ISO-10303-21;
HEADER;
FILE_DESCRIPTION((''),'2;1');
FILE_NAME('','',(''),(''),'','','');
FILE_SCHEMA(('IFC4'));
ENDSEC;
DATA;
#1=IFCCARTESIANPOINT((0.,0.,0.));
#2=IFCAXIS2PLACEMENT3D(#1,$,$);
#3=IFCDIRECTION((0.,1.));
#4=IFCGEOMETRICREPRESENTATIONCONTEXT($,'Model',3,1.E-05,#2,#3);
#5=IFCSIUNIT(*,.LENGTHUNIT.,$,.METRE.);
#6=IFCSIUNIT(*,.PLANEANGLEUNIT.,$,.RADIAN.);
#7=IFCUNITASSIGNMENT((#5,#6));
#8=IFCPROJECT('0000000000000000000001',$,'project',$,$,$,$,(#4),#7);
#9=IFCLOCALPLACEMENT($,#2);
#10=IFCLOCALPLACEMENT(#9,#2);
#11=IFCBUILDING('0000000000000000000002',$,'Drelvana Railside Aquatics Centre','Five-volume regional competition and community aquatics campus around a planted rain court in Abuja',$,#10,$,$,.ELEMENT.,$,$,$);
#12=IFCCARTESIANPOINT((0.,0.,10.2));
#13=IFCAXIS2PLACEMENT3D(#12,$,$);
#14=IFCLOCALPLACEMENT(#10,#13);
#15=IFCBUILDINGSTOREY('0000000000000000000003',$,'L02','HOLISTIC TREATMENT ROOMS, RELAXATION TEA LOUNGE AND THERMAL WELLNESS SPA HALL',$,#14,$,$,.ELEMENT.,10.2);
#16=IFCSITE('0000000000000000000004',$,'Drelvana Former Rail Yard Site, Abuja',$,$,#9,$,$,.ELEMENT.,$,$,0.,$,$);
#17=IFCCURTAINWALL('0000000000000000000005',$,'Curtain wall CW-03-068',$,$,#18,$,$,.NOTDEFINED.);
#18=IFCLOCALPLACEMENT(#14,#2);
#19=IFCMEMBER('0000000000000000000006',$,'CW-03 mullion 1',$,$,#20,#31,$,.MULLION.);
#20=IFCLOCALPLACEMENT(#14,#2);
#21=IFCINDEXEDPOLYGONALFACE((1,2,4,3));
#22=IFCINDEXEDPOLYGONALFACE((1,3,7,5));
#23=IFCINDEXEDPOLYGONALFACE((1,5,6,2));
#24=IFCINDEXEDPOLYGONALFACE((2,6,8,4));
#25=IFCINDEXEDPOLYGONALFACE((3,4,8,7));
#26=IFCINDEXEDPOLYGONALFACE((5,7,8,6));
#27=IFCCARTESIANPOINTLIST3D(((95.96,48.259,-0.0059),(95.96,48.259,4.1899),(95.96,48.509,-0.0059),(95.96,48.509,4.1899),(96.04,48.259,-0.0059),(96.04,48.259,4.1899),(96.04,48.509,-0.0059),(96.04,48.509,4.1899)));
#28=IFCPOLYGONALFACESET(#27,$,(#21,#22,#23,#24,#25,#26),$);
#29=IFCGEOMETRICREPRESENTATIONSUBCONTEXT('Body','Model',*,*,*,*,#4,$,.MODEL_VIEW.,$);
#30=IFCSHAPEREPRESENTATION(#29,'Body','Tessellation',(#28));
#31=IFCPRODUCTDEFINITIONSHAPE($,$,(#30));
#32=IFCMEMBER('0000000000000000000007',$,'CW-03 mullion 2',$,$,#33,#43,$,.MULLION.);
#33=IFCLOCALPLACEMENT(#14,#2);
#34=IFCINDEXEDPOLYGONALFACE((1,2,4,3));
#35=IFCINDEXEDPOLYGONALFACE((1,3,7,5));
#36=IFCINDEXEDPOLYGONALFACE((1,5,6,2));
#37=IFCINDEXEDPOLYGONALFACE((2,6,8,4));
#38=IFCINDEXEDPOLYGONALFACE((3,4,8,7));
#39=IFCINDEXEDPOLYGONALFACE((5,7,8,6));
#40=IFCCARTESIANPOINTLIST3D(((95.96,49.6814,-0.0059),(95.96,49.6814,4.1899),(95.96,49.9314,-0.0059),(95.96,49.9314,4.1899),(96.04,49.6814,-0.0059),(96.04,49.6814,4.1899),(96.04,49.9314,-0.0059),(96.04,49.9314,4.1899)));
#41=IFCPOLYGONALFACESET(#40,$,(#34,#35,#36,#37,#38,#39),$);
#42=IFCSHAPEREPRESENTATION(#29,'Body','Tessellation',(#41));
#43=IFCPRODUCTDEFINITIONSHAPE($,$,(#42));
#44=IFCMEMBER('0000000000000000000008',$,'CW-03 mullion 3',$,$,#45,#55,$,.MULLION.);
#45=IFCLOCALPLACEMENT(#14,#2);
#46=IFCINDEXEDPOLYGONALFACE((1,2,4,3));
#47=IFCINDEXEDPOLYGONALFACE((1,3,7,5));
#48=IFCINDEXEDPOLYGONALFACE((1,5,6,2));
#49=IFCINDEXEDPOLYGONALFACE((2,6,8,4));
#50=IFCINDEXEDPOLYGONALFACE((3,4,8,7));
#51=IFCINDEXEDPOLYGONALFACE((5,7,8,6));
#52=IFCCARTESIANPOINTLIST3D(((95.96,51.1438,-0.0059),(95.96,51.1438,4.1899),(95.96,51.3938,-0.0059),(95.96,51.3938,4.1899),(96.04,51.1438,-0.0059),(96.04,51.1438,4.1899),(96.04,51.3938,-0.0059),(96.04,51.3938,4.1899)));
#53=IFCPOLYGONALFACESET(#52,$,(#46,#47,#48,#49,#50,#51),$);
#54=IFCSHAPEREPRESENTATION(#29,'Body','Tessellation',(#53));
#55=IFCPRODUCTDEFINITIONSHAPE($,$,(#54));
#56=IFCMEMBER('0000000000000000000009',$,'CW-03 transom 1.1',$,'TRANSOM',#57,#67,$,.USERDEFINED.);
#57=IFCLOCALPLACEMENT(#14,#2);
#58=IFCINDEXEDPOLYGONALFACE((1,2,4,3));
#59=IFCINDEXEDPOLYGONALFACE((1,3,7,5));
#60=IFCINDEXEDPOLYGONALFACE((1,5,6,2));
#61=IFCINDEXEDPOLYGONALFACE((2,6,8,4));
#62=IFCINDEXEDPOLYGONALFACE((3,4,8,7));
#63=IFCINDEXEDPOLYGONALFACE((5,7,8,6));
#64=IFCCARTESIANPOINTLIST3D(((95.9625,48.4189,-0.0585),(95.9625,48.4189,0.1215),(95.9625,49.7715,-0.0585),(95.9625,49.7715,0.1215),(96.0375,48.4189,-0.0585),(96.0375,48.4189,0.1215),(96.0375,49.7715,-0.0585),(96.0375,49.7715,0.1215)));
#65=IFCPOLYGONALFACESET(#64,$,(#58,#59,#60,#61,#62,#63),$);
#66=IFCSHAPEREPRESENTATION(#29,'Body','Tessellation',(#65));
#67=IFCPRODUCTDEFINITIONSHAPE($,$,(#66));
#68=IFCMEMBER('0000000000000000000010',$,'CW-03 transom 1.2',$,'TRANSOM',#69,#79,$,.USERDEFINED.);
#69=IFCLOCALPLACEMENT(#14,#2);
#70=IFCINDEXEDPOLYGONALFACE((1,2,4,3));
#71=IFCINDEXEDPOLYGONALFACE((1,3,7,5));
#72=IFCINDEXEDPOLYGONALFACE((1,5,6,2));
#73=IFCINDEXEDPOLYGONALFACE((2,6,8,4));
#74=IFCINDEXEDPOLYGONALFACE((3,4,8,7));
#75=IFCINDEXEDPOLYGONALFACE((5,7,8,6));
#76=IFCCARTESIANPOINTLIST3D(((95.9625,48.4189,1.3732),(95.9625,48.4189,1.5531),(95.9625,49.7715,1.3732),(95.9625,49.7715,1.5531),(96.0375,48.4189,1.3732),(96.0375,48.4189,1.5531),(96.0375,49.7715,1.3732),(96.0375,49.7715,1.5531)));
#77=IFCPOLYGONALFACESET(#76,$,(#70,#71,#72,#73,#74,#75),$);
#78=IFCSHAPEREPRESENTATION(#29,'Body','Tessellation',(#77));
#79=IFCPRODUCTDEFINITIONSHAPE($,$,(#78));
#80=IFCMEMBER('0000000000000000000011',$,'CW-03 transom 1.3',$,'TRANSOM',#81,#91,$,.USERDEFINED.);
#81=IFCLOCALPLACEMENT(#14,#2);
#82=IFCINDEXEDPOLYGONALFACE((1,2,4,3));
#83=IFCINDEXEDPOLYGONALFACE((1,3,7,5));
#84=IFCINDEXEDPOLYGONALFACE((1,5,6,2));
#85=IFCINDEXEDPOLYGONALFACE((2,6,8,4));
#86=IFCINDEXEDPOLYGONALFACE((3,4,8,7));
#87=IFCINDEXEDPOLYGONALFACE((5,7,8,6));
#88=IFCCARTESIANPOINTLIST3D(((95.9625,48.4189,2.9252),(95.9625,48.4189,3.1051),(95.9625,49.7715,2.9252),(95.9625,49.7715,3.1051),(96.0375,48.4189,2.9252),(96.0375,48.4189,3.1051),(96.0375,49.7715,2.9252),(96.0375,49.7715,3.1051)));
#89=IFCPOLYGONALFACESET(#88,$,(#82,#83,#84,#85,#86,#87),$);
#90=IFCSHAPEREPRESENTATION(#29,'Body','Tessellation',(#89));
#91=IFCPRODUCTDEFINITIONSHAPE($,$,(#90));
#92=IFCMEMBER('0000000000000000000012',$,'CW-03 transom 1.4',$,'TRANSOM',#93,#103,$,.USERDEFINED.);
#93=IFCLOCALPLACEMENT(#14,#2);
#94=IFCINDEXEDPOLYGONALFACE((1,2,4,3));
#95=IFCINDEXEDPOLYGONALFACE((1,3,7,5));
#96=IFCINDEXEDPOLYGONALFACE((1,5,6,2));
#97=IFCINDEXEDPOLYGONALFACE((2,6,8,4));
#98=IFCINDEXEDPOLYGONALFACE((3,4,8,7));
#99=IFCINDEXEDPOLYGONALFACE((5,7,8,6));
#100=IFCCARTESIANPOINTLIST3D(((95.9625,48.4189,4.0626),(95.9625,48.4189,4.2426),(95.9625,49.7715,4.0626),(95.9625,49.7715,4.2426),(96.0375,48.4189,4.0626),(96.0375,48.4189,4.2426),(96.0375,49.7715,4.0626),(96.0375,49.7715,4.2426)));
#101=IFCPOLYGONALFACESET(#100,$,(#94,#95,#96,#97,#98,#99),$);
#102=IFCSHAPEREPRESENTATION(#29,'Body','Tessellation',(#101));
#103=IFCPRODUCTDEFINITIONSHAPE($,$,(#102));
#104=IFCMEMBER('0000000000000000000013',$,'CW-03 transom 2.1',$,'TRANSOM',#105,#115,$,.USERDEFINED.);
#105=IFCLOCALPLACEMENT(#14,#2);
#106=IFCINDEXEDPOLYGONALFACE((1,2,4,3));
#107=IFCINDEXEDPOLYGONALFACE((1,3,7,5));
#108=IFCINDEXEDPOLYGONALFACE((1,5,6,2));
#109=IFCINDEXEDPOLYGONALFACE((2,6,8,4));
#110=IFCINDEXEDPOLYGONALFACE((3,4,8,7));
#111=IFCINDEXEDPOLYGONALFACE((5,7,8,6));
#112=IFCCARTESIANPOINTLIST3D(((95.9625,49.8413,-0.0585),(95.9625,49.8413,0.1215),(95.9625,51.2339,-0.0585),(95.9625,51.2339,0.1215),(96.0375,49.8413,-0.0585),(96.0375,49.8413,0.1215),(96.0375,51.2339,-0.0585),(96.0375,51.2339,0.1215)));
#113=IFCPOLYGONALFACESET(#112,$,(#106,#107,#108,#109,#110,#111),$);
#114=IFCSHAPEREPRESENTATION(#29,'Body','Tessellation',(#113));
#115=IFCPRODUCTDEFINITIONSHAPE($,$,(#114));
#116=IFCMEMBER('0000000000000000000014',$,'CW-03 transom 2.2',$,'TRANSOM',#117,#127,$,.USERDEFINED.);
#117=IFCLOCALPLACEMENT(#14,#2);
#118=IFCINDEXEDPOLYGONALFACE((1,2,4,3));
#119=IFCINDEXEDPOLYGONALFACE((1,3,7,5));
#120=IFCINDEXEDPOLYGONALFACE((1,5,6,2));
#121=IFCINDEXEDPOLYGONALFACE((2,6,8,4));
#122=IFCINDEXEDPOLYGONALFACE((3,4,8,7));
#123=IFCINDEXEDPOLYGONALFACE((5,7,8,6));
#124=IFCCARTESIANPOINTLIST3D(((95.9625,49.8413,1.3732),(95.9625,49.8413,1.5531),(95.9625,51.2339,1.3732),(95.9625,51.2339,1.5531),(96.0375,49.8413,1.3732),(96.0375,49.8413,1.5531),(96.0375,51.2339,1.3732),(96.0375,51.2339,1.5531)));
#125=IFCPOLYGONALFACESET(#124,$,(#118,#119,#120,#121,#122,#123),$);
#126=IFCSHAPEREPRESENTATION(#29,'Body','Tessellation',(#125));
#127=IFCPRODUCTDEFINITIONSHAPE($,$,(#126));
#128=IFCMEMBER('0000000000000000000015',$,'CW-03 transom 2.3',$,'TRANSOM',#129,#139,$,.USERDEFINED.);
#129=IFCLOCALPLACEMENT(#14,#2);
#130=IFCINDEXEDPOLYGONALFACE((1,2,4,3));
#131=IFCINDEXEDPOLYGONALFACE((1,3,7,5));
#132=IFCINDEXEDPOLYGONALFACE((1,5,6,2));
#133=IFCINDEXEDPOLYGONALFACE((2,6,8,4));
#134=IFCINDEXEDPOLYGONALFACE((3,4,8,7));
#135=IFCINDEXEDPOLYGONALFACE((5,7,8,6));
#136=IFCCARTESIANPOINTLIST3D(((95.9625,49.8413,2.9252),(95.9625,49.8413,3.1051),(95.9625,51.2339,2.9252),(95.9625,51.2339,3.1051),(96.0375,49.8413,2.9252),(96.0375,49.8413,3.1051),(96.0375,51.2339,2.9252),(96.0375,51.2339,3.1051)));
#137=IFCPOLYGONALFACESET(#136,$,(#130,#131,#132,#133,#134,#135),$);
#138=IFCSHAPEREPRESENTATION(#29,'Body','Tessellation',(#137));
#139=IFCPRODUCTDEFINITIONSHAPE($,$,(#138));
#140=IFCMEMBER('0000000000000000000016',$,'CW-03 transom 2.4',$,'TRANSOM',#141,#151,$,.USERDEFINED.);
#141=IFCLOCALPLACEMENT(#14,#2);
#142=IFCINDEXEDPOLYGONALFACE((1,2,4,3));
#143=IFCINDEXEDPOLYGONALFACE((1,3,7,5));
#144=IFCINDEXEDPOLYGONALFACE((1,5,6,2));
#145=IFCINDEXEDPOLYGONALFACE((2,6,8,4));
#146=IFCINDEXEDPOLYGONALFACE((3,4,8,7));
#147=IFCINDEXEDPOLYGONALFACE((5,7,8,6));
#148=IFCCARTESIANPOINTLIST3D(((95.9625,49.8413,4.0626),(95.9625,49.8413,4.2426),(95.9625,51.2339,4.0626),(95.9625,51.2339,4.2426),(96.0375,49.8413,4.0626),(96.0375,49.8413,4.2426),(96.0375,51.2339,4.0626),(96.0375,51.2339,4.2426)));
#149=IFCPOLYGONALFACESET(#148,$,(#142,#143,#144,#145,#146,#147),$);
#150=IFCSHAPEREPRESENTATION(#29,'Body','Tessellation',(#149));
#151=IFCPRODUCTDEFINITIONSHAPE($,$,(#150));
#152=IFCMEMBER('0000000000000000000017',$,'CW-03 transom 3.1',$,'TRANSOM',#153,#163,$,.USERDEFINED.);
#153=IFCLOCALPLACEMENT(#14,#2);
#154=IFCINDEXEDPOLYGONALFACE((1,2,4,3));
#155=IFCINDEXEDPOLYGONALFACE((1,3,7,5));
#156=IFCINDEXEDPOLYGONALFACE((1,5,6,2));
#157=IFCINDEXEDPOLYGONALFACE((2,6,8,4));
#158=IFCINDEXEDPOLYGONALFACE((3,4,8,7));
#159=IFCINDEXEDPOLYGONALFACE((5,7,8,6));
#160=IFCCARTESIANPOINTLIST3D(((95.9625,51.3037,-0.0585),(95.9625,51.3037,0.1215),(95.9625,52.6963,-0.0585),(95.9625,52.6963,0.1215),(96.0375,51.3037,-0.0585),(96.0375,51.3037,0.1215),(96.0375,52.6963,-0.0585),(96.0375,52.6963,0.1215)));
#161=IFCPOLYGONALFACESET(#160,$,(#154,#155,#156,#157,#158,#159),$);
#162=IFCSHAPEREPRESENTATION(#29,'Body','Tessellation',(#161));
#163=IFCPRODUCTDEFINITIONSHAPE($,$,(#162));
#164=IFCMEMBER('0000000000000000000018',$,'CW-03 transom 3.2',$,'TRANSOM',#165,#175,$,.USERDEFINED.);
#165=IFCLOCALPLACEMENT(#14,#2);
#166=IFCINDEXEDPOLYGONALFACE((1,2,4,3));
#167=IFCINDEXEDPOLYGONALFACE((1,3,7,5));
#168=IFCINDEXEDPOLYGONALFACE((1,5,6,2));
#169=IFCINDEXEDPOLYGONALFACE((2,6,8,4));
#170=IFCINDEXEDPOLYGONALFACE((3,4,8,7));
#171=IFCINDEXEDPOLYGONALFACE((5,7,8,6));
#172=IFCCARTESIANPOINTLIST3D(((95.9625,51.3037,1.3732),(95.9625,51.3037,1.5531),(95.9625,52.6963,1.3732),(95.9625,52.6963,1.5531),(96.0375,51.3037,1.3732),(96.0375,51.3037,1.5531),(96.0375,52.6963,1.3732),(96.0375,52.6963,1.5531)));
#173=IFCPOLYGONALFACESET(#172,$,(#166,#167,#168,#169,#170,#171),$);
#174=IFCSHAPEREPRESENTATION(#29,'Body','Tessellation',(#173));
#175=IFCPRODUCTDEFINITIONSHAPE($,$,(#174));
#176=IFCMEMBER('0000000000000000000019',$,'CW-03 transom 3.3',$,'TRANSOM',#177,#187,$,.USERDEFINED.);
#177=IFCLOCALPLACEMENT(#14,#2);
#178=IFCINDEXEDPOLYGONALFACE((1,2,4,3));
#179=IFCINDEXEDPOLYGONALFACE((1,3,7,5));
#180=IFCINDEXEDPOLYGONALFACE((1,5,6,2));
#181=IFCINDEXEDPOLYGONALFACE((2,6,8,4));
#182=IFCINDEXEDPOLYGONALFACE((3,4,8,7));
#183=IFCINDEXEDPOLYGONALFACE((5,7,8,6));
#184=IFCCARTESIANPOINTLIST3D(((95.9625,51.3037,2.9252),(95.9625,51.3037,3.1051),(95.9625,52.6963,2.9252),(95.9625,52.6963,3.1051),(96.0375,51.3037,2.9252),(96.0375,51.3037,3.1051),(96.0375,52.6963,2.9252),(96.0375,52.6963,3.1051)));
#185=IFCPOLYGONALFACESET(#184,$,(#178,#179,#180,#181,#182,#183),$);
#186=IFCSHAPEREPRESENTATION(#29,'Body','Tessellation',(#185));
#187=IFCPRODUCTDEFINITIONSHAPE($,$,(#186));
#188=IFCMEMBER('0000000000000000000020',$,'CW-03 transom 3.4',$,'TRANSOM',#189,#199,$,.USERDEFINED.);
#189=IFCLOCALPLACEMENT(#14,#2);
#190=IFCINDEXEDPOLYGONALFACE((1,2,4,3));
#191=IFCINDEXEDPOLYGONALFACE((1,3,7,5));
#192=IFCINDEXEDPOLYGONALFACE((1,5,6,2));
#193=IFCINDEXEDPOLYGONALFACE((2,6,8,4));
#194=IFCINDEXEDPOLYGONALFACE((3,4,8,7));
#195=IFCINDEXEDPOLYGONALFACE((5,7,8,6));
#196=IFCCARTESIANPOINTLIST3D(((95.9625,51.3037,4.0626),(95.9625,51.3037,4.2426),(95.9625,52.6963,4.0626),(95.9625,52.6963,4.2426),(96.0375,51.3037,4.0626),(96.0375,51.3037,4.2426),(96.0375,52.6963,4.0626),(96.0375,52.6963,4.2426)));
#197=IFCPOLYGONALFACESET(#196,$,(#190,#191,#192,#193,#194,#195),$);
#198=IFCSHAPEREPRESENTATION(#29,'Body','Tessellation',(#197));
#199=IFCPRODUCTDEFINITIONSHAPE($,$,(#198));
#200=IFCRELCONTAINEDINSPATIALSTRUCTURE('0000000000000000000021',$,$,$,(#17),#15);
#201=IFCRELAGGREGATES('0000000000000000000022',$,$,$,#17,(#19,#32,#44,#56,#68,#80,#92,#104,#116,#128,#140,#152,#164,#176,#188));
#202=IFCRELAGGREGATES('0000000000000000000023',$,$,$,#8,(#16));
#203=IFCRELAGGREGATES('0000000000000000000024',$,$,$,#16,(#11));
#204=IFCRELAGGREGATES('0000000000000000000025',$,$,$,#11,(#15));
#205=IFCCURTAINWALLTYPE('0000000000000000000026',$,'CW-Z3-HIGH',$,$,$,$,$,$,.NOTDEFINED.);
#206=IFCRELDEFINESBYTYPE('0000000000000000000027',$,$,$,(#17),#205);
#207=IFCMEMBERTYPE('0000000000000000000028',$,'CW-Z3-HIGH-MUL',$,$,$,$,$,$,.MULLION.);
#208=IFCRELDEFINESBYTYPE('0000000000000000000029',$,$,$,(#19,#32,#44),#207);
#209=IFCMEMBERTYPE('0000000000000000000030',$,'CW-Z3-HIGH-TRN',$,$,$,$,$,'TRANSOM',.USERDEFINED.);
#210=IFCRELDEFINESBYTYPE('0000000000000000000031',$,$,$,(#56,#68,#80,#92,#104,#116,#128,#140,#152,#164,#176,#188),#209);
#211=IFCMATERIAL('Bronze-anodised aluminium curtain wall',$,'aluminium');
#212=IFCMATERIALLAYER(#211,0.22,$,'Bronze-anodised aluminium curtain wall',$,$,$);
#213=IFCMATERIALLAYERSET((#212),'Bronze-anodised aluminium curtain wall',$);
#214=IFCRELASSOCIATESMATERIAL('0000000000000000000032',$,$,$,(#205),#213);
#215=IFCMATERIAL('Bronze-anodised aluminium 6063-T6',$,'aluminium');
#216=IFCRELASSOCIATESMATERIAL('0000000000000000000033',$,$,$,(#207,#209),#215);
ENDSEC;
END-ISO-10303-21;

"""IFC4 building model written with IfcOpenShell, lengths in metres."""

from ifc_helpers import new_model, si_unit, direction, frame, origin, origin_2d, place, context, subcontext, project, spatial, rectangle, extrude, material, layer, layer_set, material_profile, profile_set, type_object, element, aggregate, save


model = new_model("IFC4")

# Units and contexts
model_context = context("Model", 3, precision=1e-05, world=origin(), true_north=direction((0.0, 1.0)))
body_context = subcontext(model_context, "Body", "Model", "MODEL_VIEW")
ifc_project = project(units=[si_unit("LENGTHUNIT", "METRE"), si_unit("PLANEANGLEUNIT", "RADIAN")], contexts=[model_context])

# Site, building, storey
site_placement = place(None, origin())
site = spatial("IfcSite", under=ifc_project, at=site_placement, Name="Drelvana Former Rail Yard Site, Abuja", CompositionType="ELEMENT", RefElevation=0.0)
building_placement = place(site_placement, origin())
building = spatial("IfcBuilding", under=site, at=building_placement, Name="Drelvana Railside Aquatics Centre", Description="Five-volume regional competition and community aquatics campus around a planted rain court in Abuja", CompositionType="ELEMENT")
storey_placement = place(building_placement, frame((0.0, 0.0, 10.2)))
storey = spatial("IfcBuildingStorey", under=building, at=storey_placement, Name="L02", Description="HOLISTIC TREATMENT ROOMS, RELAXATION TEA LOUNGE AND THERMAL WELLNESS SPA HALL", CompositionType="ELEMENT", Elevation=10.2)

# Curtain wall, members
ifc_material_1 = material(Name="Bronze-anodised aluminium curtain wall", Category="aluminium")
ifc_layer_1 = layer(ifc_material_1, 0.22, Name="Bronze-anodised aluminium curtain wall")
ifc_layer_set_1 = layer_set([ifc_layer_1], Name="Bronze-anodised aluminium curtain wall")
curtain_wall_type = type_object("IfcCurtainWallType", Name="CW-Z3-HIGH", PredefinedType="NOTDEFINED", material=ifc_layer_set_1)
curtain_wall_1_placement = place(storey_placement, origin())
curtain_wall_1 = element("IfcCurtainWall", 1, at=curtain_wall_1_placement, inside=storey, type_object=curtain_wall_type, Name="Curtain wall CW-03-068", PredefinedType="NOTDEFINED")
ifc_material_2 = material(Name="Bronze-anodised aluminium 6063-T6", Category="aluminium")
ifc_material_profile_1 = material_profile(ifc_material_2, rectangle(XDim=0.0801, YDim=0.25, at=origin_2d()), Name="ALU-M 80x250")
ifc_profile_set_1 = profile_set([ifc_material_profile_1], Name="Bronze-anodised aluminium 6063-T6")
member_type_1 = type_object("IfcMemberType", Name="CW-Z3-HIGH-MUL", PredefinedType="MULLION", material=ifc_profile_set_1)
member_1_placement = place(storey_placement, frame((96.0, 48.384, -0.0059), z_axis=(0.0, 0.0, 1.0), x_axis=(-1.0, 0.0, 0.0)))
member_1 = element("IfcMember", 2, at=member_1_placement, type_object=member_type_1, Name="CW-03 mullion 1", PredefinedType="MULLION", context=body_context, shape_type="SweptSolid", body=[
    extrude(rectangle(XDim=0.0801, YDim=0.25, at=origin_2d()), origin(), (0.0, 0.0, 1.0), 4.1958),
])
member_2_placement = place(storey_placement, frame((96.0, 49.8064, -0.0059), z_axis=(0.0, 0.0, 1.0), x_axis=(-1.0, 0.0, 0.0)))
member_2 = element("IfcMember", 3, at=member_2_placement, type_object=member_type_1, Name="CW-03 mullion 2", PredefinedType="MULLION", context=body_context, shape_type="SweptSolid", body=[
    extrude(rectangle(XDim=0.0801, YDim=0.25, at=origin_2d()), origin(), (0.0, 0.0, 1.0), 4.1958),
])
member_3_placement = place(storey_placement, frame((96.0, 51.2688, -0.0059), z_axis=(0.0, 0.0, 1.0), x_axis=(-1.0, 0.0, 0.0)))
member_3 = element("IfcMember", 4, at=member_3_placement, type_object=member_type_1, Name="CW-03 mullion 3", PredefinedType="MULLION", context=body_context, shape_type="SweptSolid", body=[
    extrude(rectangle(XDim=0.0801, YDim=0.25, at=origin_2d()), origin(), (0.0, 0.0, 1.0), 4.1958),
])
ifc_material_profile_2 = material_profile(ifc_material_2, rectangle(XDim=0.1799, YDim=0.075, at=origin_2d()), Name="ALU-T 75x180")
ifc_profile_set_2 = profile_set([ifc_material_profile_2], Name="Bronze-anodised aluminium 6063-T6")
member_type_2 = type_object("IfcMemberType", Name="CW-Z3-HIGH-TRN", ElementType="TRANSOM", PredefinedType="USERDEFINED", material=ifc_profile_set_2)
member_4_placement = place(storey_placement, frame((96.0, 48.4189, 0.0315), z_axis=(0.0, 1.0, 0.0), x_axis=(0.0, 0.0, 1.0)))
member_4 = element("IfcMember", 5, at=member_4_placement, type_object=member_type_2, Name="CW-03 transom 1.1", ObjectType="TRANSOM", PredefinedType="USERDEFINED", context=body_context, shape_type="SweptSolid", body=[
    extrude(rectangle(XDim=0.1799, YDim=0.075, at=origin_2d()), origin(), (0.0, 0.0, 1.0), 1.3525),
])
member_5_placement = place(storey_placement, frame((96.0, 48.4189, 1.4631), z_axis=(0.0, 1.0, 0.0), x_axis=(0.0, 0.0, 1.0)))
member_5 = element("IfcMember", 6, at=member_5_placement, type_object=member_type_2, Name="CW-03 transom 1.2", ObjectType="TRANSOM", PredefinedType="USERDEFINED", context=body_context, shape_type="SweptSolid", body=[
    extrude(rectangle(XDim=0.1799, YDim=0.075, at=origin_2d()), origin(), (0.0, 0.0, 1.0), 1.3525),
])
member_6_placement = place(storey_placement, frame((96.0, 48.4189, 3.0151), z_axis=(0.0, 1.0, 0.0), x_axis=(0.0, 0.0, 1.0)))
member_6 = element("IfcMember", 7, at=member_6_placement, type_object=member_type_2, Name="CW-03 transom 1.3", ObjectType="TRANSOM", PredefinedType="USERDEFINED", context=body_context, shape_type="SweptSolid", body=[
    extrude(rectangle(XDim=0.1799, YDim=0.075, at=origin_2d()), origin(), (0.0, 0.0, 1.0), 1.3525),
])
member_7_placement = place(storey_placement, frame((96.0, 48.4189, 4.1526), z_axis=(0.0, 1.0, 0.0), x_axis=(0.0, 0.0, 1.0)))
member_7 = element("IfcMember", 8, at=member_7_placement, type_object=member_type_2, Name="CW-03 transom 1.4", ObjectType="TRANSOM", PredefinedType="USERDEFINED", context=body_context, shape_type="SweptSolid", body=[
    extrude(rectangle(XDim=0.1799, YDim=0.075, at=origin_2d()), origin(), (0.0, 0.0, 1.0), 1.3525),
])
member_8_placement = place(storey_placement, frame((96.0, 49.8413, 0.0315), z_axis=(0.0, 1.0, 0.0), x_axis=(0.0, 0.0, 1.0)))
member_8 = element("IfcMember", 9, at=member_8_placement, type_object=member_type_2, Name="CW-03 transom 2.1", ObjectType="TRANSOM", PredefinedType="USERDEFINED", context=body_context, shape_type="SweptSolid", body=[
    extrude(rectangle(XDim=0.1799, YDim=0.075, at=origin_2d()), origin(), (0.0, 0.0, 1.0), 1.3926),
])
member_9_placement = place(storey_placement, frame((96.0, 49.8413, 1.4631), z_axis=(0.0, 1.0, 0.0), x_axis=(0.0, 0.0, 1.0)))
member_9 = element("IfcMember", 10, at=member_9_placement, type_object=member_type_2, Name="CW-03 transom 2.2", ObjectType="TRANSOM", PredefinedType="USERDEFINED", context=body_context, shape_type="SweptSolid", body=[
    extrude(rectangle(XDim=0.1799, YDim=0.075, at=origin_2d()), origin(), (0.0, 0.0, 1.0), 1.3926),
])
member_10_placement = place(storey_placement, frame((96.0, 49.8413, 3.0151), z_axis=(0.0, 1.0, 0.0), x_axis=(0.0, 0.0, 1.0)))
member_10 = element("IfcMember", 11, at=member_10_placement, type_object=member_type_2, Name="CW-03 transom 2.3", ObjectType="TRANSOM", PredefinedType="USERDEFINED", context=body_context, shape_type="SweptSolid", body=[
    extrude(rectangle(XDim=0.1799, YDim=0.075, at=origin_2d()), origin(), (0.0, 0.0, 1.0), 1.3926),
])
member_11_placement = place(storey_placement, frame((96.0, 49.8413, 4.1526), z_axis=(0.0, 1.0, 0.0), x_axis=(0.0, 0.0, 1.0)))
member_11 = element("IfcMember", 12, at=member_11_placement, type_object=member_type_2, Name="CW-03 transom 2.4", ObjectType="TRANSOM", PredefinedType="USERDEFINED", context=body_context, shape_type="SweptSolid", body=[
    extrude(rectangle(XDim=0.1799, YDim=0.075, at=origin_2d()), origin(), (0.0, 0.0, 1.0), 1.3926),
])
member_12_placement = place(storey_placement, frame((96.0, 51.3037, 0.0315), z_axis=(0.0, 1.0, 0.0), x_axis=(0.0, 0.0, 1.0)))
member_12 = element("IfcMember", 13, at=member_12_placement, type_object=member_type_2, Name="CW-03 transom 3.1", ObjectType="TRANSOM", PredefinedType="USERDEFINED", context=body_context, shape_type="SweptSolid", body=[
    extrude(rectangle(XDim=0.1799, YDim=0.075, at=origin_2d()), origin(), (0.0, 0.0, 1.0), 1.3926),
])
member_13_placement = place(storey_placement, frame((96.0, 51.3037, 1.4631), z_axis=(0.0, 1.0, 0.0), x_axis=(0.0, 0.0, 1.0)))
member_13 = element("IfcMember", 14, at=member_13_placement, type_object=member_type_2, Name="CW-03 transom 3.2", ObjectType="TRANSOM", PredefinedType="USERDEFINED", context=body_context, shape_type="SweptSolid", body=[
    extrude(rectangle(XDim=0.1799, YDim=0.075, at=origin_2d()), origin(), (0.0, 0.0, 1.0), 1.3926),
])
member_14_placement = place(storey_placement, frame((96.0, 51.3037, 3.0151), z_axis=(0.0, 1.0, 0.0), x_axis=(0.0, 0.0, 1.0)))
member_14 = element("IfcMember", 15, at=member_14_placement, type_object=member_type_2, Name="CW-03 transom 3.3", ObjectType="TRANSOM", PredefinedType="USERDEFINED", context=body_context, shape_type="SweptSolid", body=[
    extrude(rectangle(XDim=0.1799, YDim=0.075, at=origin_2d()), origin(), (0.0, 0.0, 1.0), 1.3926),
])
member_15_placement = place(storey_placement, frame((96.0, 51.3037, 4.1526), z_axis=(0.0, 1.0, 0.0), x_axis=(0.0, 0.0, 1.0)))
member_15 = element("IfcMember", 16, at=member_15_placement, type_object=member_type_2, Name="CW-03 transom 3.4", ObjectType="TRANSOM", PredefinedType="USERDEFINED", context=body_context, shape_type="SweptSolid", body=[
    extrude(rectangle(XDim=0.1799, YDim=0.075, at=origin_2d()), origin(), (0.0, 0.0, 1.0), 1.3926),
])

aggregate(curtain_wall_1, [member_1, member_2, member_3, member_4, member_5, member_6, member_7, member_8, member_9, member_10, member_11, member_12, member_13, member_14, member_15])

save(model, "model.ifc")
